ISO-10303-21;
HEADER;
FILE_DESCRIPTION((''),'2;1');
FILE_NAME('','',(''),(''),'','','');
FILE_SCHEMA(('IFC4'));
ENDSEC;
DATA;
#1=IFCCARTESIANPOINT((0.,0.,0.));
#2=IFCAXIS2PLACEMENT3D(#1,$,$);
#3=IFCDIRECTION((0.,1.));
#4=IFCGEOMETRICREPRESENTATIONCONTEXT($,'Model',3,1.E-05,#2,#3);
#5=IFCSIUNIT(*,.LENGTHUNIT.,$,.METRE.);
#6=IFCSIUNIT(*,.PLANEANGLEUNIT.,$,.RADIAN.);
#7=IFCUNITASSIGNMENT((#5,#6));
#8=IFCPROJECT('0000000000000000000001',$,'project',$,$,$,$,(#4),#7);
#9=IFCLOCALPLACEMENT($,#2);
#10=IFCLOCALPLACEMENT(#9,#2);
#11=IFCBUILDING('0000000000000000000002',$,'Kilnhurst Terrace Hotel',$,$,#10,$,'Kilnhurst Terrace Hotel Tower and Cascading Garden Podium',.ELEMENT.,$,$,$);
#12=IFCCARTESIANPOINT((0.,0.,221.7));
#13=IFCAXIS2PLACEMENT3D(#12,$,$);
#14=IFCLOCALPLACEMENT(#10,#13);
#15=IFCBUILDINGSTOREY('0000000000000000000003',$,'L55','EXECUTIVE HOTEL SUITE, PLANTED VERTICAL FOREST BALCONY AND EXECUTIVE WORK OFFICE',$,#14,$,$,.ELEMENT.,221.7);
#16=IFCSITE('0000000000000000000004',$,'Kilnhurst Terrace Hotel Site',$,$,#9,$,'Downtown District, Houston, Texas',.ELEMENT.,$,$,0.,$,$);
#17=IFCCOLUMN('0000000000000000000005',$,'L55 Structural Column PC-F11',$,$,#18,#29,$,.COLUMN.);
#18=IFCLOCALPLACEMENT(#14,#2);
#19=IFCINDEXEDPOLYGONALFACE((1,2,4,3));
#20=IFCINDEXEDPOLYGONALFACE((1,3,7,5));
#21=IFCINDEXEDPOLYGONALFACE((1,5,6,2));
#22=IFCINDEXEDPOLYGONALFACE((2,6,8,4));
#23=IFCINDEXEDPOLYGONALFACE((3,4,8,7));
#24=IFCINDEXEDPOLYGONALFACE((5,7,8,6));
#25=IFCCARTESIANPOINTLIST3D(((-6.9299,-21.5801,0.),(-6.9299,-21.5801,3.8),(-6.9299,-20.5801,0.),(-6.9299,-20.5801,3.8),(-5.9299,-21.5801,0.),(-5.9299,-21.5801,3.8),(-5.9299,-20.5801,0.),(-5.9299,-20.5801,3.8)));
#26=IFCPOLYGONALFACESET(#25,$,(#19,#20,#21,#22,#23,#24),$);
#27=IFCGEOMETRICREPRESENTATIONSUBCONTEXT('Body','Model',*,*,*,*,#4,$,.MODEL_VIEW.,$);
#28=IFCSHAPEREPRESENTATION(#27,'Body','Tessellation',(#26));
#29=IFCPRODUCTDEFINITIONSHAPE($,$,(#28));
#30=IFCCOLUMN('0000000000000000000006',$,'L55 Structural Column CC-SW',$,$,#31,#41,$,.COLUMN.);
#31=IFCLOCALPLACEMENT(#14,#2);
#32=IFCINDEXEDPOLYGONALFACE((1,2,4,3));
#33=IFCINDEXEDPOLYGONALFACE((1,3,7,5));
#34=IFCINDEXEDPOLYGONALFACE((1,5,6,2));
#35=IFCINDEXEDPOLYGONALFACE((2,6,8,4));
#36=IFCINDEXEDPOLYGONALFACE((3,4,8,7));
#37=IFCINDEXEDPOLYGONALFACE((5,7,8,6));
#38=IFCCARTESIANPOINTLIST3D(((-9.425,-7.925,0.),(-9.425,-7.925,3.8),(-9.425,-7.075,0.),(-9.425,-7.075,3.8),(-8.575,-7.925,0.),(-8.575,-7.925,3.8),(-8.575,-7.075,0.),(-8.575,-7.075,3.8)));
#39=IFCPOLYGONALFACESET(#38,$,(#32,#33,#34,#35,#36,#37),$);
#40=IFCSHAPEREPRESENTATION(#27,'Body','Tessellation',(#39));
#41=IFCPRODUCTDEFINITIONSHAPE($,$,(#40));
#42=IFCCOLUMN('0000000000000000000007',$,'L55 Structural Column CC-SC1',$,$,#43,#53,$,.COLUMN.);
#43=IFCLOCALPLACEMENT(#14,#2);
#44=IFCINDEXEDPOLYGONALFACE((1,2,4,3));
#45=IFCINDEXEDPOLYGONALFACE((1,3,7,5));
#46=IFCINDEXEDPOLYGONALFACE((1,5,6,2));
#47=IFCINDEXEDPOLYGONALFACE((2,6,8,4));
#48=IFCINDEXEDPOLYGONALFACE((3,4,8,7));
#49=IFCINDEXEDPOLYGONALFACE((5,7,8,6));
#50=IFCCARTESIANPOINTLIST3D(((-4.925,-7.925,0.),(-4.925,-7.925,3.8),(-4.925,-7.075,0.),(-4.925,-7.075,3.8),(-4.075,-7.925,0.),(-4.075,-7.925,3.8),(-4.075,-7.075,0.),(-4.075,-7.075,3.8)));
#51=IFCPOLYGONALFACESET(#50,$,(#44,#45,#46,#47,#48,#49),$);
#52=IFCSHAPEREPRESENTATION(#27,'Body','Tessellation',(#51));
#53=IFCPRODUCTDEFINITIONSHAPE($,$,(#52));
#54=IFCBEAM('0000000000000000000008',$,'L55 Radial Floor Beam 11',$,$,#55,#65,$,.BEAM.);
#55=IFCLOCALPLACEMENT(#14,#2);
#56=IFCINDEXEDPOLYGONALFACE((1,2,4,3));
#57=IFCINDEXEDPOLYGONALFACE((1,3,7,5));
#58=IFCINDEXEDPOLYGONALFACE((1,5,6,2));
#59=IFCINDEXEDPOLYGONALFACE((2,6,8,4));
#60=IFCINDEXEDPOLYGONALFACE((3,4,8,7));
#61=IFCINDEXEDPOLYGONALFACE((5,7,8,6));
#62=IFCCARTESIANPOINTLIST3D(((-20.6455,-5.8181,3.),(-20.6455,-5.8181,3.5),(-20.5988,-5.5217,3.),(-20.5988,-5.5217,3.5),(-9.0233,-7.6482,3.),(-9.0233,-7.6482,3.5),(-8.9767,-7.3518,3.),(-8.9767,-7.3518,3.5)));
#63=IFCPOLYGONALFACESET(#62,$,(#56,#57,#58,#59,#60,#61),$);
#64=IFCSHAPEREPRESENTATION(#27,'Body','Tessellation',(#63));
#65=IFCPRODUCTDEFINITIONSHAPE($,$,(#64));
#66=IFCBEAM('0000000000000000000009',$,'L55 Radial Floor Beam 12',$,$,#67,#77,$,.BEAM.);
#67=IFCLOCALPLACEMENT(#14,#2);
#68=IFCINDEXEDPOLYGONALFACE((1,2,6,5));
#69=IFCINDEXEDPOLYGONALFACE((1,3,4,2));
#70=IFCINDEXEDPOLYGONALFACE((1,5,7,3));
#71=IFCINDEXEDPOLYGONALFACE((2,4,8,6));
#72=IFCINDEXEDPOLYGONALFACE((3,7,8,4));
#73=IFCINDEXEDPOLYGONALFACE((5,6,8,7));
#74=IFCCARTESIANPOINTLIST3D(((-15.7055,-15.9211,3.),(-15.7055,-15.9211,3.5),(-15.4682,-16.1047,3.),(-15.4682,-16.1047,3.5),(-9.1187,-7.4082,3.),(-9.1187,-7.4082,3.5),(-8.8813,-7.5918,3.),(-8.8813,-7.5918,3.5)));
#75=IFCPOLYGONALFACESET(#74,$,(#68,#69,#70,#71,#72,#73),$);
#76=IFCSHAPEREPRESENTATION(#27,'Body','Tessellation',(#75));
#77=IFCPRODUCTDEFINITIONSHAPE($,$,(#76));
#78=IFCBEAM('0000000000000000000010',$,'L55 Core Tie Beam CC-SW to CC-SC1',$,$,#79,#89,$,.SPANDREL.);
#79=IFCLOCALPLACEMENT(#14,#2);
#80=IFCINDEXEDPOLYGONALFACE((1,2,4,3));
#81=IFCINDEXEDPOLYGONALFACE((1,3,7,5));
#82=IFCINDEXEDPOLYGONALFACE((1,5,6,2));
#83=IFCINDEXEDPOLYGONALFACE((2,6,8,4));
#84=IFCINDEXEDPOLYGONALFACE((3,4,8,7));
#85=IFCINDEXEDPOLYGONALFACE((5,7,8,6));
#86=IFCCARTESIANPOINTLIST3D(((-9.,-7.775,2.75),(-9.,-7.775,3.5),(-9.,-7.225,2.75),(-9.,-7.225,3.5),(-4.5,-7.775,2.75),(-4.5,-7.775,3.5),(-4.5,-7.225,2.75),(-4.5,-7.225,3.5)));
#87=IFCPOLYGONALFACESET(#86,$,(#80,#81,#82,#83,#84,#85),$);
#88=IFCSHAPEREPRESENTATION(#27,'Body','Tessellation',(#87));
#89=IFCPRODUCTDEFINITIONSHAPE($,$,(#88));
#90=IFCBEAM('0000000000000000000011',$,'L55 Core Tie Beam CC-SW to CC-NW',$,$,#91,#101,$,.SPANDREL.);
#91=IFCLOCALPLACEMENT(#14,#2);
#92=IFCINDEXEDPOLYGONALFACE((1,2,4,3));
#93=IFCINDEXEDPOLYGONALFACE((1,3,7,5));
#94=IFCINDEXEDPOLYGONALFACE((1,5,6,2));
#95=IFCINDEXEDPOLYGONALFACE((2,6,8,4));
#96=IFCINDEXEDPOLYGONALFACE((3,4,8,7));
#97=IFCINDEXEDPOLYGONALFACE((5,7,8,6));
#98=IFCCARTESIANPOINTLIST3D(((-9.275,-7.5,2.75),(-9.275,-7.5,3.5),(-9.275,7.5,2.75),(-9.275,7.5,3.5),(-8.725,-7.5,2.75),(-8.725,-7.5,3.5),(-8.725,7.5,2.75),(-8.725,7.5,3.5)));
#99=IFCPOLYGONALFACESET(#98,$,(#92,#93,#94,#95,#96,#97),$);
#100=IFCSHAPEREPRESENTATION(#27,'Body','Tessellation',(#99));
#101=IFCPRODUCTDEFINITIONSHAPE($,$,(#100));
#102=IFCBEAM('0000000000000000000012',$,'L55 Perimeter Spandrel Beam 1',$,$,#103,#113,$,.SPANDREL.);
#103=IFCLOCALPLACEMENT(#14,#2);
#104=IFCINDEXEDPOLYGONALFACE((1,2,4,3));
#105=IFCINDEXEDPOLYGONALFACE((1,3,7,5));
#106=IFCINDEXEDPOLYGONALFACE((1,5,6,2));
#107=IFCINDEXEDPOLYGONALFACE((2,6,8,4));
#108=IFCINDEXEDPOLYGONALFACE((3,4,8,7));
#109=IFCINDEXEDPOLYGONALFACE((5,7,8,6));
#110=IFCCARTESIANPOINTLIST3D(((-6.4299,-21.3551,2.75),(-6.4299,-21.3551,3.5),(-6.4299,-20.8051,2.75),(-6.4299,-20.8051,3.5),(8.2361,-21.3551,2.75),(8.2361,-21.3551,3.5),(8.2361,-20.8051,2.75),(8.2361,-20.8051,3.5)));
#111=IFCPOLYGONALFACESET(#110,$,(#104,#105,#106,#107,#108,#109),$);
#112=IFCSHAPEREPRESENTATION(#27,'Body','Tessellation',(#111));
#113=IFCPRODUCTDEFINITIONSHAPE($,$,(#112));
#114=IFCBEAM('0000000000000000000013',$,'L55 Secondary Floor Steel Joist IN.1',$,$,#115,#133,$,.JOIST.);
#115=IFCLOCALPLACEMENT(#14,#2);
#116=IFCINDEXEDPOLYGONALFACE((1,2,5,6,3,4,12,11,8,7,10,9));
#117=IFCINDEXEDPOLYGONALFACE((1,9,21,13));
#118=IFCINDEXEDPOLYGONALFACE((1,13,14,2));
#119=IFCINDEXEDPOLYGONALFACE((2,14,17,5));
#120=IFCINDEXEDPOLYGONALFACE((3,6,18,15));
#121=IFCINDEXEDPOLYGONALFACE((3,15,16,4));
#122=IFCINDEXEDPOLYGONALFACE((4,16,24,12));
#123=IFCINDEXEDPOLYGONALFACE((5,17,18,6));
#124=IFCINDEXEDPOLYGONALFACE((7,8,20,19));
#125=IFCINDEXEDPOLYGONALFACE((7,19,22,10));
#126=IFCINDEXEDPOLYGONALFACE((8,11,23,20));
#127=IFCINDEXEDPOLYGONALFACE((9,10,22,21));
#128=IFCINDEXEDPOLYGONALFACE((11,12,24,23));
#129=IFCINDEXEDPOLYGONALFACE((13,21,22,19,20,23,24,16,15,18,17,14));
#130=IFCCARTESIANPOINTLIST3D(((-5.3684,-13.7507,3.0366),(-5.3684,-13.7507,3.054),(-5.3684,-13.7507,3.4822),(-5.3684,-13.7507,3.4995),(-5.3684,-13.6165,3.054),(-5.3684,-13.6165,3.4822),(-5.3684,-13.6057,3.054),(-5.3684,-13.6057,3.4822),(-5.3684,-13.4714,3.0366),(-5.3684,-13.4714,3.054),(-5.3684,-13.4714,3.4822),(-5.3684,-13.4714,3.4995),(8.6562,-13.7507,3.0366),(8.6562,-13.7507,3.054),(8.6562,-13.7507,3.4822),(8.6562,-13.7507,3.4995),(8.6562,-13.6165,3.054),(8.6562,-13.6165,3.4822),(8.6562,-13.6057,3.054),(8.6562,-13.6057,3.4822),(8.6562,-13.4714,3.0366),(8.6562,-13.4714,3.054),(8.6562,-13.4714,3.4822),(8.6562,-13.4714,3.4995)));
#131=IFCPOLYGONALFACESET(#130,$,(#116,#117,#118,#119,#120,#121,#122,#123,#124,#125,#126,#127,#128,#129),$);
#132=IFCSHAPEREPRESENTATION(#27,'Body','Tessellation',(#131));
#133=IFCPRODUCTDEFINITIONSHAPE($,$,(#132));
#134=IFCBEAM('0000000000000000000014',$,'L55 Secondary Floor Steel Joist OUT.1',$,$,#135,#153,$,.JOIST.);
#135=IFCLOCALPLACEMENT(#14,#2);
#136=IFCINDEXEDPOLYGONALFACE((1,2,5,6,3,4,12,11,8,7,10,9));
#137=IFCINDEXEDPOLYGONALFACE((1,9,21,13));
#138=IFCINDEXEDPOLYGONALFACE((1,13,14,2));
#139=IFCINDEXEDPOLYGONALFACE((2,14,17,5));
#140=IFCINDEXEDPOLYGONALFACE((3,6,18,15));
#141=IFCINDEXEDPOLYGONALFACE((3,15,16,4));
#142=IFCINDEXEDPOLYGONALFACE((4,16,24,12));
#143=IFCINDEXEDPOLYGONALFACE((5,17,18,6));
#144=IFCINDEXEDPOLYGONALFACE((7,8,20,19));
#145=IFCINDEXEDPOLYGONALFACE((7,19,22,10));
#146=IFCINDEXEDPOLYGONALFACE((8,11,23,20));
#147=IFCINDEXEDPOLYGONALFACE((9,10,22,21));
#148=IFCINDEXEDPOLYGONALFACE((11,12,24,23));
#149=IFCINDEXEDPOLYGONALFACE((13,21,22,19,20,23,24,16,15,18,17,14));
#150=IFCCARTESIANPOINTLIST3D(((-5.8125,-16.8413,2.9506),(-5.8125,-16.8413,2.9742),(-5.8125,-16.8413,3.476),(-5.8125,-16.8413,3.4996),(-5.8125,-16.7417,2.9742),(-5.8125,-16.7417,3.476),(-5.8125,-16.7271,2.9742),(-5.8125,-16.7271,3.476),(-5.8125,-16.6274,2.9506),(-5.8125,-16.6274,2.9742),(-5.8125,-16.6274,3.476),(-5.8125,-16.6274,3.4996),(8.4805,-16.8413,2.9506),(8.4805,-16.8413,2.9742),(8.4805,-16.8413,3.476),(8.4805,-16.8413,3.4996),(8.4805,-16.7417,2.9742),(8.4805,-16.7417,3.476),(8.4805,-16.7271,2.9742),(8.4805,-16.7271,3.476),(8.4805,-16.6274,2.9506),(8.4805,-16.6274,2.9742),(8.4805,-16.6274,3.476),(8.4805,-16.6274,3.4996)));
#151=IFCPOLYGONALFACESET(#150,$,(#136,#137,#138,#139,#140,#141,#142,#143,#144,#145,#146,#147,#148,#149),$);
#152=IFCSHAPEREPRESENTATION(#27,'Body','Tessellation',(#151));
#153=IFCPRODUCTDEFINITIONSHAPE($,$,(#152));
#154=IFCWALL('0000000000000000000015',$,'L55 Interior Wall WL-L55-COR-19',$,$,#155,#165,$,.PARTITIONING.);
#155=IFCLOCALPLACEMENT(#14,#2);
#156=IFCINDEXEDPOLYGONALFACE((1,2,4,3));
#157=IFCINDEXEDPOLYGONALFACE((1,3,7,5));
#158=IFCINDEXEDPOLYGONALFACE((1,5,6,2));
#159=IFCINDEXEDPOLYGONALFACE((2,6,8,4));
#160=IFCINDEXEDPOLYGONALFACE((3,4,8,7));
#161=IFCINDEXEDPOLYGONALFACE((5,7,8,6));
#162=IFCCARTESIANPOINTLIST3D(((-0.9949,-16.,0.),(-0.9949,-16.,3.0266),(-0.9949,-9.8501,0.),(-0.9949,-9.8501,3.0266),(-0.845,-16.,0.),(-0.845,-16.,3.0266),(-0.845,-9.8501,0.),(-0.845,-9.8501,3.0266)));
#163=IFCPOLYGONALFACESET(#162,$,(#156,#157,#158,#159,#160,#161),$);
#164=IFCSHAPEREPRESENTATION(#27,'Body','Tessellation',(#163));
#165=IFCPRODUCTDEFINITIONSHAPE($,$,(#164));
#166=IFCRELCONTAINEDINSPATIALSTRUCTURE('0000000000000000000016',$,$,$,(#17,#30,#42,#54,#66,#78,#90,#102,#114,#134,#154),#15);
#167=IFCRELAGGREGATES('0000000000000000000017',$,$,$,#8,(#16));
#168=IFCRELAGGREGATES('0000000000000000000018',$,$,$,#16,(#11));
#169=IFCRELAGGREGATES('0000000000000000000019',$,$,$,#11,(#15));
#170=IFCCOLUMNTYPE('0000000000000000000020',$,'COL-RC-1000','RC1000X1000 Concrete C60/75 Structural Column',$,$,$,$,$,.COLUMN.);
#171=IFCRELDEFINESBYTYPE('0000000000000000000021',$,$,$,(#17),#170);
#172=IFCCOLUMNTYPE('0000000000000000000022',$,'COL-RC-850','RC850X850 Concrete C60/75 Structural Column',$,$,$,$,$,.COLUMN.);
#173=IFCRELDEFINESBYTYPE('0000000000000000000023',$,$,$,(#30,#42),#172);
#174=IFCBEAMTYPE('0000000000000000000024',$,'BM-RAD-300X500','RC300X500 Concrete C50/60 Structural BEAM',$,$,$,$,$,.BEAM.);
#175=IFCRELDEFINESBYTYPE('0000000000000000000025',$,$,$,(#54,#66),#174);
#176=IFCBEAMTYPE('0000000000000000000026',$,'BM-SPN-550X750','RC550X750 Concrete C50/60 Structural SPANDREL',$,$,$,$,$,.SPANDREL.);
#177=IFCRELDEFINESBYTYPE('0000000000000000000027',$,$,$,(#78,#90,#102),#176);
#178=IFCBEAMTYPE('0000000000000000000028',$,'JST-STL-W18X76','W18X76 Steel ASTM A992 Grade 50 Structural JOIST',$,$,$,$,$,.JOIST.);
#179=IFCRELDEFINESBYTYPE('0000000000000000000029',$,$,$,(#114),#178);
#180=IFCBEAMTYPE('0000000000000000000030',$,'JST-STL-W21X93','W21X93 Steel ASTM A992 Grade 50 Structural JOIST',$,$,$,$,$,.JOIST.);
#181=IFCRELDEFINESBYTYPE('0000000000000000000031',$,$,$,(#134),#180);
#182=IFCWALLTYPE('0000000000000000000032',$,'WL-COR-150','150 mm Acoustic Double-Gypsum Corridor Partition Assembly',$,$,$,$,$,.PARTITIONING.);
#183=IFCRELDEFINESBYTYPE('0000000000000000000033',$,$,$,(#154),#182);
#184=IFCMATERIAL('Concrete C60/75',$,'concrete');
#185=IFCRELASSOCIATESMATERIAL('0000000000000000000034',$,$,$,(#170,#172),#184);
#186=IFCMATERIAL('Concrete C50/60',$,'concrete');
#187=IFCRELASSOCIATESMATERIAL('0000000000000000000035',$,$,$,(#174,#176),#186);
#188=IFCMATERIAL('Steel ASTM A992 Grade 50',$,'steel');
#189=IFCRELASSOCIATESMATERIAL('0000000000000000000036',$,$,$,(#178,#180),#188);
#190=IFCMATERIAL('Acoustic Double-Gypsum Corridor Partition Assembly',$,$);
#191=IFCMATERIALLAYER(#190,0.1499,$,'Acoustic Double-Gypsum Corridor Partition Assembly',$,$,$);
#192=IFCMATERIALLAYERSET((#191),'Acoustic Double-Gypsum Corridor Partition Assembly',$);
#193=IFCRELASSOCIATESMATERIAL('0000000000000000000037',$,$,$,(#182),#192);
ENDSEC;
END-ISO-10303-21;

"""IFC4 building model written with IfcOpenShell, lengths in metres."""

from ifc_helpers import new_model, si_unit, direction, frame, frame_2d, origin, origin_2d, place, context, subcontext, project, spatial, rectangle, i_section, extrude, material, layer, layer_set, material_profile, profile_set, type_object, element, save


model = new_model("IFC4")

# Units and contexts
model_context = context("Model", 3, precision=1e-05, world=origin(), true_north=direction((0.0, 1.0)))
body_context = subcontext(model_context, "Body", "Model", "MODEL_VIEW")
ifc_project = project(units=[si_unit("LENGTHUNIT", "METRE"), si_unit("PLANEANGLEUNIT", "RADIAN")], contexts=[model_context])

# Site, building, storey
site_placement = place(None, origin())
site = spatial("IfcSite", under=ifc_project, at=site_placement, Name="Kilnhurst Terrace Hotel Site", LongName="Downtown District, Houston, Texas", CompositionType="ELEMENT", RefElevation=0.0)
building_placement = place(site_placement, origin())
building = spatial("IfcBuilding", under=site, at=building_placement, Name="Kilnhurst Terrace Hotel", LongName="Kilnhurst Terrace Hotel Tower and Cascading Garden Podium", CompositionType="ELEMENT")
storey_placement = place(building_placement, frame((0.0, 0.0, 221.7)))
storey = spatial("IfcBuildingStorey", under=building, at=storey_placement, Name="L55", Description="EXECUTIVE HOTEL SUITE, PLANTED VERTICAL FOREST BALCONY AND EXECUTIVE WORK OFFICE", CompositionType="ELEMENT", Elevation=221.7)

# Columns
ifc_material_1 = material(Name="Concrete C60/75", Category="concrete")
ifc_material_profile_1 = material_profile(ifc_material_1, rectangle(XDim=1.0, YDim=1.0, at=origin_2d()), Name="RC1000X1000")
ifc_profile_set_1 = profile_set([ifc_material_profile_1], Name="Concrete C60/75")
column_type_1 = type_object("IfcColumnType", Name="COL-RC-1000", Description="RC1000X1000 Concrete C60/75 Structural Column", PredefinedType="COLUMN", material=ifc_profile_set_1)
column_placement = place(storey_placement, frame((-6.4299, -21.0801, 0.0), z_axis=(0.0, 0.0, 1.0), x_axis=(1.0, 0.0, 0.0)))
element("IfcColumn", 1, at=column_placement, inside=storey, type_object=column_type_1, Name="L55 Structural Column PC-F11", PredefinedType="COLUMN", context=body_context, shape_type="SweptSolid", body=[
    extrude(rectangle(XDim=1.0, YDim=1.0, at=origin_2d()), origin(), (0.0, 0.0, 1.0), 3.8),
])
ifc_material_profile_2 = material_profile(ifc_material_1, rectangle(XDim=0.8501, YDim=0.8501, at=origin_2d()), Name="RC850X850")
ifc_profile_set_2 = profile_set([ifc_material_profile_2], Name="Concrete C60/75")
column_type_2 = type_object("IfcColumnType", Name="COL-RC-850", Description="RC850X850 Concrete C60/75 Structural Column", PredefinedType="COLUMN", material=ifc_profile_set_2)
for number, where, z_axis, x_axis, name in (
    (2, (-9.0, -7.5, 0.0), (0.0, 0.0, 1.0), (1.0, 0.0, 0.0), "L55 Structural Column CC-SW"),
    (3, (-4.5, -7.5, 0.0), (0.0, 0.0, 1.0), (1.0, 0.0, 0.0), "L55 Structural Column CC-SC1"),
):
    element("IfcColumn", number, at=place(storey_placement, frame(where, z_axis=z_axis, x_axis=x_axis)), inside=storey, type_object=column_type_2, Name=name, PredefinedType="COLUMN", context=body_context, shape_type="SweptSolid", body=[
        extrude(rectangle(XDim=0.8501, YDim=0.8501, at=origin_2d()), origin(), (0.0, 0.0, 1.0), 3.8),
    ])

# Beams
ifc_material_2 = material(Name="Concrete C50/60", Category="concrete")
ifc_material_profile_3 = material_profile(ifc_material_2, rectangle(XDim=0.3, YDim=0.5, at=origin_2d()), Name="RC300X500")
ifc_profile_set_3 = profile_set([ifc_material_profile_3], Name="Concrete C50/60")
beam_type_1 = type_object("IfcBeamType", Name="BM-RAD-300X500", Description="RC300X500 Concrete C50/60 Structural BEAM", PredefinedType="BEAM", material=ifc_profile_set_3)
beam_1_placement = place(storey_placement, frame((-9.0, -7.5, 3.25), z_axis=(-0.987828, 0.155549, 0.0), x_axis=(-0.155549, -0.987828, 0.0)))
element("IfcBeam", 4, at=beam_1_placement, inside=storey, type_object=beam_type_1, Name="L55 Radial Floor Beam 11", PredefinedType="BEAM", context=body_context, shape_type="SweptSolid", body=[
    extrude(rectangle(XDim=0.3, YDim=0.5, at=origin_2d()), origin(), (0.0, 0.0, 1.0), 11.7654),
])
beam_2_placement = place(storey_placement, frame((-9.0, -7.5, 3.25), z_axis=(-0.611955, -0.790892, 0.0), x_axis=(0.790892, -0.611955, 0.0)))
element("IfcBeam", 5, at=beam_2_placement, inside=storey, type_object=beam_type_1, Name="L55 Radial Floor Beam 12", PredefinedType="BEAM", context=body_context, shape_type="SweptSolid", body=[
    extrude(rectangle(XDim=0.3, YDim=0.5, at=origin_2d()), origin(), (0.0, 0.0, 1.0), 10.7637),
])
ifc_material_profile_4 = material_profile(ifc_material_2, rectangle(XDim=0.55, YDim=0.75, at=origin_2d()), Name="RC550X750")
ifc_profile_set_4 = profile_set([ifc_material_profile_4], Name="Concrete C50/60")
beam_type_2 = type_object("IfcBeamType", Name="BM-SPN-550X750", Description="RC550X750 Concrete C50/60 Structural SPANDREL", PredefinedType="SPANDREL", material=ifc_profile_set_4)
beam_3_placement = place(storey_placement, frame((-9.0, -7.5, 3.125), z_axis=(1.0, 0.0, 0.0), x_axis=(0.0, 1.0, 0.0)))
element("IfcBeam", 6, at=beam_3_placement, inside=storey, type_object=beam_type_2, Name="L55 Core Tie Beam CC-SW to CC-SC1", PredefinedType="SPANDREL", context=body_context, shape_type="SweptSolid", body=[
    extrude(rectangle(XDim=0.55, YDim=0.75, at=origin_2d()), origin(), (0.0, 0.0, 1.0), 4.5),
])
beam_4_placement = place(storey_placement, frame((-9.0, -7.5, 3.125), z_axis=(0.0, 1.0, 0.0), x_axis=(-1.0, 0.0, 0.0)))
element("IfcBeam", 7, at=beam_4_placement, inside=storey, type_object=beam_type_2, Name="L55 Core Tie Beam CC-SW to CC-NW", PredefinedType="SPANDREL", context=body_context, shape_type="SweptSolid", body=[
    extrude(rectangle(XDim=0.55, YDim=0.75, at=origin_2d()), origin(), (0.0, 0.0, 1.0), 15.0),
])
beam_5_placement = place(storey_placement, frame((-6.4299, -21.0801, 3.125), z_axis=(1.0, 0.0, 0.0), x_axis=(0.0, 1.0, 0.0)))
element("IfcBeam", 8, at=beam_5_placement, inside=storey, type_object=beam_type_2, Name="L55 Perimeter Spandrel Beam 1", PredefinedType="SPANDREL", context=body_context, shape_type="SweptSolid", body=[
    extrude(rectangle(XDim=0.55, YDim=0.75, at=origin_2d()), origin(), (0.0, 0.0, 1.0), 14.666),
])
ifc_material_3 = material(Name="Steel ASTM A992 Grade 50", Category="steel")
ifc_material_profile_5 = material_profile(ifc_material_3, i_section(OverallWidth=0.2793, OverallDepth=0.4629, WebThickness=0.0107, FlangeThickness=0.0173, at=origin_2d()), Name="W18X76")
ifc_profile_set_5 = profile_set([ifc_material_profile_5], Name="Steel ASTM A992 Grade 50")
beam_type_3 = type_object("IfcBeamType", Name="JST-STL-W18X76", Description="W18X76 Steel ASTM A992 Grade 50 Structural JOIST", PredefinedType="JOIST", material=ifc_profile_set_5)
beam_6_placement = place(storey_placement, frame((-5.3684, -13.6111, 3.2681), z_axis=(1.0, 0.0, 0.0), x_axis=(0.0, 1.0, 0.0)))
element("IfcBeam", 9, at=beam_6_placement, inside=storey, type_object=beam_type_3, Name="L55 Secondary Floor Steel Joist IN.1", PredefinedType="JOIST", context=body_context, shape_type="SweptSolid", body=[
    extrude(i_section(OverallWidth=0.2793, OverallDepth=0.4629, WebThickness=0.0107, FlangeThickness=0.0173, at=origin_2d()), origin(), (0.0, 0.0, 1.0), 14.0247),
])
ifc_material_profile_6 = material_profile(ifc_material_3, i_section(OverallWidth=0.2139, OverallDepth=0.5491, WebThickness=0.0146, FlangeThickness=0.0237, at=origin_2d()), Name="W21X93")
ifc_profile_set_6 = profile_set([ifc_material_profile_6], Name="Steel ASTM A992 Grade 50")
beam_type_4 = type_object("IfcBeamType", Name="JST-STL-W21X93", Description="W21X93 Steel ASTM A992 Grade 50 Structural JOIST", PredefinedType="JOIST", material=ifc_profile_set_6)
beam_7_placement = place(storey_placement, frame((-5.8125, -16.7344, 3.2251), z_axis=(1.0, 0.0, 0.0), x_axis=(0.0, 1.0, 0.0)))
element("IfcBeam", 10, at=beam_7_placement, inside=storey, type_object=beam_type_4, Name="L55 Secondary Floor Steel Joist OUT.1", PredefinedType="JOIST", context=body_context, shape_type="SweptSolid", body=[
    extrude(i_section(OverallWidth=0.2139, OverallDepth=0.5491, WebThickness=0.0146, FlangeThickness=0.0237, at=origin_2d()), origin(), (0.0, 0.0, 1.0), 14.293),
])

# Wall
ifc_material_4 = material(Name="Acoustic Double-Gypsum Corridor Partition Assembly")
ifc_layer_1 = layer(ifc_material_4, 0.1499, Name="Acoustic Double-Gypsum Corridor Partition Assembly")
ifc_layer_set_1 = layer_set([ifc_layer_1], Name="Acoustic Double-Gypsum Corridor Partition Assembly")
wall_type_1 = type_object("IfcWallType", Name="WL-COR-150", Description="150 mm Acoustic Double-Gypsum Corridor Partition Assembly", PredefinedType="PARTITIONING", material=ifc_layer_set_1)
wall_1_placement = place(storey_placement, frame((-0.9199, -16.0, 0.0), z_axis=(0.0, 0.0, 1.0), x_axis=(0.0, 1.0, 0.0)))
element("IfcWall", 11, at=wall_1_placement, inside=storey, type_object=wall_type_1, Name="L55 Interior Wall WL-L55-COR-19", PredefinedType="PARTITIONING", context=body_context, shape_type="SweptSolid", body=[
    extrude(rectangle(XDim=6.1499, YDim=0.1499, at=frame_2d((3.075, 0.0))), origin(), (0.0, 0.0, 1.0), 3.0266),
])

save(model, "model.ifc")
